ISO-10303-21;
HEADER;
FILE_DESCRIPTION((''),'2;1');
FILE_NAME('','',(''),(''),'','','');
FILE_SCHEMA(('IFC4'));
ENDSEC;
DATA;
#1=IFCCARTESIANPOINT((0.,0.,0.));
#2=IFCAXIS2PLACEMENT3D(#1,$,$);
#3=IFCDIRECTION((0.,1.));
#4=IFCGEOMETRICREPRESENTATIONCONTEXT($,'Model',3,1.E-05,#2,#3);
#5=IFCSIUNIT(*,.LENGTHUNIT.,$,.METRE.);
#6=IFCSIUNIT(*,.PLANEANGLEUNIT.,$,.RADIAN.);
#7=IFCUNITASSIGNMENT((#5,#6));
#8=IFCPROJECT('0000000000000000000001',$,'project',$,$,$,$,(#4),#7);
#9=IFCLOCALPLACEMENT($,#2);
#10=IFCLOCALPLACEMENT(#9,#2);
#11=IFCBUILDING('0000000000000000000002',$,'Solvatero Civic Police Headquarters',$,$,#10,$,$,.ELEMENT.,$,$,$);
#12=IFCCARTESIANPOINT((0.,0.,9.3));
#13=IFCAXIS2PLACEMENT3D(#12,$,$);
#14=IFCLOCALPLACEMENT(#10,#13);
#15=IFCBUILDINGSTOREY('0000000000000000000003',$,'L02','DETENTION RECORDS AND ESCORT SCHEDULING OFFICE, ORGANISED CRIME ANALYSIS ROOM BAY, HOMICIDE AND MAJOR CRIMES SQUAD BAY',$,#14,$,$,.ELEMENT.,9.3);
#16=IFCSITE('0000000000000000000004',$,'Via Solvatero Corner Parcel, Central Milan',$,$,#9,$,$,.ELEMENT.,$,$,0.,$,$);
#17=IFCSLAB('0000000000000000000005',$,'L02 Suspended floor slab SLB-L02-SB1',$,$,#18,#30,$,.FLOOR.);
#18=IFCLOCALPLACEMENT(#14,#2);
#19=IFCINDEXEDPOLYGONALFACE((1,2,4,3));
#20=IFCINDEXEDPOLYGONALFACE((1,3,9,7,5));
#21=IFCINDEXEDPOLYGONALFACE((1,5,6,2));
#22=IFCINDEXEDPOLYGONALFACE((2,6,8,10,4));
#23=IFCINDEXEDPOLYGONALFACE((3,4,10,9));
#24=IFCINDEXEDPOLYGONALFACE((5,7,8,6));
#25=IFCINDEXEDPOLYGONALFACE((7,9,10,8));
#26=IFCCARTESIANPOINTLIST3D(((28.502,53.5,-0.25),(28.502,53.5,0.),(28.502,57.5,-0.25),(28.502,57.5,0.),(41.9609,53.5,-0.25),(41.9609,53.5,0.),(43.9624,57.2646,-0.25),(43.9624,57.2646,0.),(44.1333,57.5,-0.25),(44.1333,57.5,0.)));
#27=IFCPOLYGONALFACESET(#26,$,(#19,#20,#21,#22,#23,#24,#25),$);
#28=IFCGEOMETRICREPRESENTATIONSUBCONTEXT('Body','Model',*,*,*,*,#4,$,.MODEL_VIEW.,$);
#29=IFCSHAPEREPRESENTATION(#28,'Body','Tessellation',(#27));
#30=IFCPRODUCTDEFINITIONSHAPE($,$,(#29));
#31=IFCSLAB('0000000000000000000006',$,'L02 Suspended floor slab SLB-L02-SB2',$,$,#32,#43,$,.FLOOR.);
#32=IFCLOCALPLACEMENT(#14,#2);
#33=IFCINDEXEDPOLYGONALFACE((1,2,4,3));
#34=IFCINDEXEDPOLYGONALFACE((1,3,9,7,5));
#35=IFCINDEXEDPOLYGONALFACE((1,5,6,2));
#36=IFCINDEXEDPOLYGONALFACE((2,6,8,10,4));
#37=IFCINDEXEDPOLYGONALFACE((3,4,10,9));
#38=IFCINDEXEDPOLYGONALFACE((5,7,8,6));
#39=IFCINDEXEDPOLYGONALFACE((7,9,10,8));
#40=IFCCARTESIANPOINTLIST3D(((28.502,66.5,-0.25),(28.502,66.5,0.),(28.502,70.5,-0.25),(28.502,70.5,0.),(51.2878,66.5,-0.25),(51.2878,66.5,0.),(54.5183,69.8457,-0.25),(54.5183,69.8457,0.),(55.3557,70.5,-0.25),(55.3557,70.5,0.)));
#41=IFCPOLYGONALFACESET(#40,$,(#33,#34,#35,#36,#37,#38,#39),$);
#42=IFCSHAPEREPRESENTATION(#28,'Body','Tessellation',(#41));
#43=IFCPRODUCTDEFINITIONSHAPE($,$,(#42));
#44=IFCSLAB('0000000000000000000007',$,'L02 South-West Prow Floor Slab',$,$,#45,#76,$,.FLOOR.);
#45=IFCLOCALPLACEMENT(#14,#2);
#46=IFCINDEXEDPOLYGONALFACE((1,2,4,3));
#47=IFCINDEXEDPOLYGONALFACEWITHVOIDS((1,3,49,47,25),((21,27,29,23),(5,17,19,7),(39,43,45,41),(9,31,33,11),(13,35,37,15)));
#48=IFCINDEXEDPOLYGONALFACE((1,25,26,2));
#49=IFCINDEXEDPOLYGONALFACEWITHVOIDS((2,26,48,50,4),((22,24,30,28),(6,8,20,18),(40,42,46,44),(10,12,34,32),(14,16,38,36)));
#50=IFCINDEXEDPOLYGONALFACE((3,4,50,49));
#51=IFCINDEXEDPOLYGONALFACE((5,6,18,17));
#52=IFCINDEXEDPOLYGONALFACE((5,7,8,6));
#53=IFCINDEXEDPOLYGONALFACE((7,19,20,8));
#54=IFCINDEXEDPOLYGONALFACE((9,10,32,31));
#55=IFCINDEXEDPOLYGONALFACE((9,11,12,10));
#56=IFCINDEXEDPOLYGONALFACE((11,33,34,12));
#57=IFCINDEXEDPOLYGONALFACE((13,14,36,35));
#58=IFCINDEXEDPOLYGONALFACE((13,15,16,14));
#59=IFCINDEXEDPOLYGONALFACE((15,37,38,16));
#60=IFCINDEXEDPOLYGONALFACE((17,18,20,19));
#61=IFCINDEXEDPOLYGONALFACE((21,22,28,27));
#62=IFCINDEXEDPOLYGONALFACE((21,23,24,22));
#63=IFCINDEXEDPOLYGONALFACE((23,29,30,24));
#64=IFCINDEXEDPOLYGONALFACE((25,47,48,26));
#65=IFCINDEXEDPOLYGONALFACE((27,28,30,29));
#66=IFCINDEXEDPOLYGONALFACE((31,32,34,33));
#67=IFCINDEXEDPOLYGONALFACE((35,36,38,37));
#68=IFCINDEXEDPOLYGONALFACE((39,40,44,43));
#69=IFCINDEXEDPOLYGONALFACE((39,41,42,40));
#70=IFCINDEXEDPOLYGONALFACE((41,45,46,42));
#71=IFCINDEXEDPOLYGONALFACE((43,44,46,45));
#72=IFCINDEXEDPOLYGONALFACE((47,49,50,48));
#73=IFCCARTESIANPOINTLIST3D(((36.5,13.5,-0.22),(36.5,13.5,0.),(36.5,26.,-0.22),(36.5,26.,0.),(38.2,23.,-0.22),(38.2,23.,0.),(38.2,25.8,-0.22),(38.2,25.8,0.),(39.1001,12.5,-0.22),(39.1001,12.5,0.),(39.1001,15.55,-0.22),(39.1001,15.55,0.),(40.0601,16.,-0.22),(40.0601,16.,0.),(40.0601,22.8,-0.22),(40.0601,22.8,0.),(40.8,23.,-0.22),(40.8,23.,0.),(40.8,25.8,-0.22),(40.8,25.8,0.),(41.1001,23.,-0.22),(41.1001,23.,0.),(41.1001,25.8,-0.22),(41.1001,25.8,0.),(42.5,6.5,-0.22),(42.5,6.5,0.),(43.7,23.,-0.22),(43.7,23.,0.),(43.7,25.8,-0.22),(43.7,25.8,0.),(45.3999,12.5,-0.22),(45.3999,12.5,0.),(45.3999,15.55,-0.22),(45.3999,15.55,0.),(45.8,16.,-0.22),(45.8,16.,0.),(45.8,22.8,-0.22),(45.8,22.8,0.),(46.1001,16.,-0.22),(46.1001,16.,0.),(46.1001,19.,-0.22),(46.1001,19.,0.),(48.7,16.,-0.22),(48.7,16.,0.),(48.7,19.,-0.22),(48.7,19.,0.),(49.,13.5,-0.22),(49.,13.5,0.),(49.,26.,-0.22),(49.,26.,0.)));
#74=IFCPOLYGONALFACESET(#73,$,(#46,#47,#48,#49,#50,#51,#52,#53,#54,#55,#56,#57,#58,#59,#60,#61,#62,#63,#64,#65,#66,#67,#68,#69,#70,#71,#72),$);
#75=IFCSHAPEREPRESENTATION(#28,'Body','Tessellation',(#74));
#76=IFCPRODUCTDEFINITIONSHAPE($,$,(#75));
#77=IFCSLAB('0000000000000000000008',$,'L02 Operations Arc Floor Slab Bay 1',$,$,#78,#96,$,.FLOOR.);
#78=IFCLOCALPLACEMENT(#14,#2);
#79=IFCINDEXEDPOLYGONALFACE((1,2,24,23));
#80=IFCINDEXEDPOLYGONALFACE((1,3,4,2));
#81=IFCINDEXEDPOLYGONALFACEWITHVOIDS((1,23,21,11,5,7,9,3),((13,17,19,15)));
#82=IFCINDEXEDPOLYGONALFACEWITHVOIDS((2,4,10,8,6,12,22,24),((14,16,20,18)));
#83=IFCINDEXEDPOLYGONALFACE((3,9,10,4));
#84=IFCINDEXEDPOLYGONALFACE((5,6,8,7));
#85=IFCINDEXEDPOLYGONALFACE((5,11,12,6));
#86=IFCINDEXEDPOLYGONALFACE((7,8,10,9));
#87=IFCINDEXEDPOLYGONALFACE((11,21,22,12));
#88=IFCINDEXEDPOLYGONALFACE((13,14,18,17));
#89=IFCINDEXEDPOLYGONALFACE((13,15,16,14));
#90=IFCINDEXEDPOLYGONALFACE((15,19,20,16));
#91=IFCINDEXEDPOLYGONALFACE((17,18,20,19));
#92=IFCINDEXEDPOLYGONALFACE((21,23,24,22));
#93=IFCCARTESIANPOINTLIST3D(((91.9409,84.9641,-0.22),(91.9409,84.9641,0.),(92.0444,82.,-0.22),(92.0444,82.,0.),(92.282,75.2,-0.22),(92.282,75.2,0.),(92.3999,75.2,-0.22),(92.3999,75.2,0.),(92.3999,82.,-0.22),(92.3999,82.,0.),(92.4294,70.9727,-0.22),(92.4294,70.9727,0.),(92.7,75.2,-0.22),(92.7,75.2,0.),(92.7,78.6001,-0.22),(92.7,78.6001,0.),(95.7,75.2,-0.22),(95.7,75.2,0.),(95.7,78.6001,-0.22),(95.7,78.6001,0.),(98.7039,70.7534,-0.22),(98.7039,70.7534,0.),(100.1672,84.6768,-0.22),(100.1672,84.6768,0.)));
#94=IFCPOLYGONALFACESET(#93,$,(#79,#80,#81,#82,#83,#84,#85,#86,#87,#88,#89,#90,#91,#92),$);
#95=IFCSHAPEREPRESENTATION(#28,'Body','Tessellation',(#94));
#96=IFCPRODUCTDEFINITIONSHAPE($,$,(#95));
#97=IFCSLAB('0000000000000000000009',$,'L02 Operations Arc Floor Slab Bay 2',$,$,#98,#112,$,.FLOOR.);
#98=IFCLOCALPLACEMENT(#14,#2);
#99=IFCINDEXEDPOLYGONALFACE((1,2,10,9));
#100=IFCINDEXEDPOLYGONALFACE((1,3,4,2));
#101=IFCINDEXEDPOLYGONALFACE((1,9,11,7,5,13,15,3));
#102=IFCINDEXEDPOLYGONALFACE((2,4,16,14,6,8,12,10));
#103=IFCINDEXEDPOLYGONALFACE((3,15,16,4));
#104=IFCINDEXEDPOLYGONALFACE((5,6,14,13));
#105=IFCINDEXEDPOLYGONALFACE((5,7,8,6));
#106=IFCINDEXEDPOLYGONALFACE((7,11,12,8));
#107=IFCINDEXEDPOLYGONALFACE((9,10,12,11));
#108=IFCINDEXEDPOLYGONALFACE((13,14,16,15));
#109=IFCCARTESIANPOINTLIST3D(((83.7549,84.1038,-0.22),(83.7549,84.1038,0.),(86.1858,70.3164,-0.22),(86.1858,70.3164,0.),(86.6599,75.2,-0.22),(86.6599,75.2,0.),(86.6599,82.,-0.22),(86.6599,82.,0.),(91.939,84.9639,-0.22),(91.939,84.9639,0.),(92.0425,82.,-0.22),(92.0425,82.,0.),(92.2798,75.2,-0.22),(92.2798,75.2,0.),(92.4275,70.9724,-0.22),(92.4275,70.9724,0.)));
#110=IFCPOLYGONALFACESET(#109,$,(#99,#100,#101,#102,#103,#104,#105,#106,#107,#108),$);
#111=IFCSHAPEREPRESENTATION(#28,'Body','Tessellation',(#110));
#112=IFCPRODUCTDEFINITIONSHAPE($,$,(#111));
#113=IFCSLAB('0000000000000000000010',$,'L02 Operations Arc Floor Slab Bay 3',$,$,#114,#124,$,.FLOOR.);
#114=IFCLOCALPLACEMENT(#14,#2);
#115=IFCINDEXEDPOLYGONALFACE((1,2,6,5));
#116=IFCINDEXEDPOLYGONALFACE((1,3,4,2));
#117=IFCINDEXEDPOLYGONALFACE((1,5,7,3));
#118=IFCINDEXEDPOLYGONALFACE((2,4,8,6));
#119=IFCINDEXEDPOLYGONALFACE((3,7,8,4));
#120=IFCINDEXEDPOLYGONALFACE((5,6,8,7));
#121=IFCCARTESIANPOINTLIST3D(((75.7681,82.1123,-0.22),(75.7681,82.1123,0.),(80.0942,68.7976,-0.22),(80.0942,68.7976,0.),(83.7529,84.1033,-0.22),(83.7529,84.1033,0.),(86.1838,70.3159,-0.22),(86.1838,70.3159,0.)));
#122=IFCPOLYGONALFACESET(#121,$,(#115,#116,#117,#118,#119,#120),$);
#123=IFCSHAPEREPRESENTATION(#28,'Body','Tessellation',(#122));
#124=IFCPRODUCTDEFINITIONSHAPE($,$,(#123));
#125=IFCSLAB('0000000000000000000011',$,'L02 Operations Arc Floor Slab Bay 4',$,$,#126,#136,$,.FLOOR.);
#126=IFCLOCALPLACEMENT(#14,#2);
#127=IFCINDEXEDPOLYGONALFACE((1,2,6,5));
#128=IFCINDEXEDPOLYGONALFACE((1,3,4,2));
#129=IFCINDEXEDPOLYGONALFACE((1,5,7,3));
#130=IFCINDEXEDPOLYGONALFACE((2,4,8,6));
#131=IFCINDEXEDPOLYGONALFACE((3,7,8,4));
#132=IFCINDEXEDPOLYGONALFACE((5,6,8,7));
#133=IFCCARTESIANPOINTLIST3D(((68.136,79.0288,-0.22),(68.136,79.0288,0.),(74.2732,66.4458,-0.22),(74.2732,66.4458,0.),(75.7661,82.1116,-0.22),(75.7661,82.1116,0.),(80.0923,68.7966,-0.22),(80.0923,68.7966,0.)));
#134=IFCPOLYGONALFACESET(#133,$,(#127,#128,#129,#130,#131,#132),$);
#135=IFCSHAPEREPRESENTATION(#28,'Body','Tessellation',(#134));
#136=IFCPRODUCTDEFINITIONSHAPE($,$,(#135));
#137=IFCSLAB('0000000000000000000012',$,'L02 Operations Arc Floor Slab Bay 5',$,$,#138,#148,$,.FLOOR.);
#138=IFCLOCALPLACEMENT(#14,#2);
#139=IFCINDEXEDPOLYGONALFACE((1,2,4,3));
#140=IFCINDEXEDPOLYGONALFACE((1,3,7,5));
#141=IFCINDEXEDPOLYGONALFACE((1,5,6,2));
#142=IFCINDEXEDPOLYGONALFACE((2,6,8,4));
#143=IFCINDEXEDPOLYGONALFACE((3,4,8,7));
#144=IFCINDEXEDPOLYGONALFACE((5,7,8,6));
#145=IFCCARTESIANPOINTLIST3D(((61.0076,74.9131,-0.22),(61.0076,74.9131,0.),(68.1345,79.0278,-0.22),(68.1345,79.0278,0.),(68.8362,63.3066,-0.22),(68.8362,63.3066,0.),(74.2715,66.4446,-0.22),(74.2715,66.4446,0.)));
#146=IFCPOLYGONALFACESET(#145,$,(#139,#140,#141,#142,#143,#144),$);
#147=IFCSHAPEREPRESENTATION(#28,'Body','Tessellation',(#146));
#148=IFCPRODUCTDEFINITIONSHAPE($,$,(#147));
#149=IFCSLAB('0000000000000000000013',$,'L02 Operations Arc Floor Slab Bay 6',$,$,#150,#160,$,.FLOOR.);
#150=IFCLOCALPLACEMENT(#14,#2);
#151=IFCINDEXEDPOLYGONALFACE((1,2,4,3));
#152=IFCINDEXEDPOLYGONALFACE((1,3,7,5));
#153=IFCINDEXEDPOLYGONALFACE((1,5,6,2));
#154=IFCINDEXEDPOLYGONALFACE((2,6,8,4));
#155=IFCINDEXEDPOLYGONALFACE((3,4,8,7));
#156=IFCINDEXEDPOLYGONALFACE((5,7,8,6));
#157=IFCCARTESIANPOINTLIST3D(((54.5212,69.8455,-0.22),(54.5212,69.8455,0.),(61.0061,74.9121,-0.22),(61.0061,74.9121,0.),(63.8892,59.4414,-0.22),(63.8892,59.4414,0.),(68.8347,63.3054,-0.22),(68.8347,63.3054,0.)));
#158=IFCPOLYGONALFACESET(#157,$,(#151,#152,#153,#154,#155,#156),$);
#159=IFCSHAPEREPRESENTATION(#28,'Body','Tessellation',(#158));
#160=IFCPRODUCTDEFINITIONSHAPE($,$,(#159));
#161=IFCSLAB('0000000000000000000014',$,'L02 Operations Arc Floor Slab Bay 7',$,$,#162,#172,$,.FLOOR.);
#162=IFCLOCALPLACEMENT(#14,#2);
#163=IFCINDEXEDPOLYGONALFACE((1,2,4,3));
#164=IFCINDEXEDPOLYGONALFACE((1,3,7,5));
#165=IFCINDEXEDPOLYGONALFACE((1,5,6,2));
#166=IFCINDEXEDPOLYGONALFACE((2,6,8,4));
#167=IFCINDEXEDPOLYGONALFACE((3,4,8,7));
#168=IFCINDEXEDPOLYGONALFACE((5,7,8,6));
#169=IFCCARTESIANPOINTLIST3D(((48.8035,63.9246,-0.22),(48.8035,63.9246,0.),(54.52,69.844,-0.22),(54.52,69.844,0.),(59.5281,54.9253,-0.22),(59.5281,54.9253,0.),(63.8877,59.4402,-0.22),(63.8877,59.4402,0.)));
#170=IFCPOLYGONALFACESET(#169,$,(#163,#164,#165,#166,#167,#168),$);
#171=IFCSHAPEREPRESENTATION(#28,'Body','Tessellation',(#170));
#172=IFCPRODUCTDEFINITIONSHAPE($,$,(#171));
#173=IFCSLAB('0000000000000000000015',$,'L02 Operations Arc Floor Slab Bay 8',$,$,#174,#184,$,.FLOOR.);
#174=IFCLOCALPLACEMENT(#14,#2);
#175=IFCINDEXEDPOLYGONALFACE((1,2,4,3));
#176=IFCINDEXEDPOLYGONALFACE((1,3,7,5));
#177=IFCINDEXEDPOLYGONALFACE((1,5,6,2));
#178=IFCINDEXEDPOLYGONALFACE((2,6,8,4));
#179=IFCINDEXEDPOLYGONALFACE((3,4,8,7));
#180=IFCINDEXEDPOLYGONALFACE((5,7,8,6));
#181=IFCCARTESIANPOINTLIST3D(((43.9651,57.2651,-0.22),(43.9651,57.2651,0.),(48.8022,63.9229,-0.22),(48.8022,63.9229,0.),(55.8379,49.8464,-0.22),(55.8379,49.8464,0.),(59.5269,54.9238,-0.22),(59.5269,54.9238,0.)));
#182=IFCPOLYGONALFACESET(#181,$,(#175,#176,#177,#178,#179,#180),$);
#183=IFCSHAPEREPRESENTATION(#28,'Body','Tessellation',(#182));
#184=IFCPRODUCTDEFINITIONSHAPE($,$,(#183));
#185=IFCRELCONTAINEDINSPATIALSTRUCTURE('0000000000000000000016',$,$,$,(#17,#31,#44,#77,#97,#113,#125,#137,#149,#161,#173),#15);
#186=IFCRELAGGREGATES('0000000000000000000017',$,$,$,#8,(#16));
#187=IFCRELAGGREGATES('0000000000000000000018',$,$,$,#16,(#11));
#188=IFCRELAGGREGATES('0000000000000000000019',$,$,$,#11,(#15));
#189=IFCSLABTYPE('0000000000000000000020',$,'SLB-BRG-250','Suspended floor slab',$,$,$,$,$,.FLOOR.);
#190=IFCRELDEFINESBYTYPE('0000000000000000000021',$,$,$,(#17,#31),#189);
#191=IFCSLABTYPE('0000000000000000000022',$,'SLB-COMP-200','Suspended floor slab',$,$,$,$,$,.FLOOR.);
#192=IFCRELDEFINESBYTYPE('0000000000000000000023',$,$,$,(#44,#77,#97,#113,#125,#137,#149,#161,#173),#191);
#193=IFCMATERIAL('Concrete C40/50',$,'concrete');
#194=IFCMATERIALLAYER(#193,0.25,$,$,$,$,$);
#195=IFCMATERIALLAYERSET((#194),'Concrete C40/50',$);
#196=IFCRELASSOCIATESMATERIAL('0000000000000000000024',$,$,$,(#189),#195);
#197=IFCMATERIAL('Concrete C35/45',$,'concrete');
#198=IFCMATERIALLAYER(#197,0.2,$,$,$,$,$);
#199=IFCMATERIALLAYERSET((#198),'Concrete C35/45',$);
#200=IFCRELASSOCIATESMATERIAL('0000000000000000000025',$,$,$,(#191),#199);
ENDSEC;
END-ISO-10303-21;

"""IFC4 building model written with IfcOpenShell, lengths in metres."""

from ifc_helpers import new_model, si_unit, direction, frame, origin, place, context, subcontext, project, spatial, polyline, outline, extrude, material, layer, layer_set, type_object, element, save


model = new_model("IFC4")

# Units and contexts
model_context = context("Model", 3, precision=1e-05, world=origin(), true_north=direction((0.0, 1.0)))
body_context = subcontext(model_context, "Body", "Model", "MODEL_VIEW")
ifc_project = project(units=[si_unit("LENGTHUNIT", "METRE"), si_unit("PLANEANGLEUNIT", "RADIAN")], contexts=[model_context])

# Site, building, storey
site_placement = place(None, origin())
site = spatial("IfcSite", under=ifc_project, at=site_placement, Name="Via Solvatero Corner Parcel, Central Milan", CompositionType="ELEMENT", RefElevation=0.0)
building_placement = place(site_placement, origin())
building = spatial("IfcBuilding", under=site, at=building_placement, Name="Solvatero Civic Police Headquarters", CompositionType="ELEMENT")
storey_placement = place(building_placement, frame((0.0, 0.0, 9.3)))
storey = spatial("IfcBuildingStorey", under=building, at=storey_placement, Name="L02", Description="DETENTION RECORDS AND ESCORT SCHEDULING OFFICE, ORGANISED CRIME ANALYSIS ROOM BAY, HOMICIDE AND MAJOR CRIMES SQUAD BAY", CompositionType="ELEMENT", Elevation=9.3)

# Slabs
ifc_material_1 = material(Name="Concrete C40/50", Category="concrete")
ifc_layer_1 = layer(ifc_material_1, 0.25)
ifc_layer_set_1 = layer_set([ifc_layer_1], Name="Concrete C40/50")
slab_type_1 = type_object("IfcSlabType", Name="SLB-BRG-250", Description="Suspended floor slab", PredefinedType="FLOOR", material=ifc_layer_set_1)
slab_1_placement = place(storey_placement, frame((0.0, 0.0, -0.25)))
element("IfcSlab", 1, at=slab_1_placement, inside=storey, type_object=slab_type_1, Name="L02 Suspended floor slab SLB-L02-SB1", PredefinedType="FLOOR", context=body_context, shape_type="SweptSolid", body=[
    extrude(outline(polyline([(44.1333, 57.5), (43.9624, 57.2646), (41.9609, 53.5), (28.502, 53.5), (28.502, 57.5), (44.1333, 57.5)])), origin(), (0.0, 0.0, 1.0), 0.25),
])
slab_2_placement = place(storey_placement, frame((0.0, 0.0, -0.25)))
element("IfcSlab", 2, at=slab_2_placement, inside=storey, type_object=slab_type_1, Name="L02 Suspended floor slab SLB-L02-SB2", PredefinedType="FLOOR", context=body_context, shape_type="SweptSolid", body=[
    extrude(outline(polyline([(55.3557, 70.5), (54.5183, 69.8457), (51.2878, 66.5), (28.502, 66.5), (28.502, 70.5), (55.3557, 70.5)])), origin(), (0.0, 0.0, 1.0), 0.25),
])
ifc_material_2 = material(Name="Concrete C35/45", Category="concrete")
ifc_layer_2 = layer(ifc_material_2, 0.2)
ifc_layer_set_2 = layer_set([ifc_layer_2], Name="Concrete C35/45")
slab_type_2 = type_object("IfcSlabType", Name="SLB-COMP-200", Description="Suspended floor slab", PredefinedType="FLOOR", material=ifc_layer_set_2)
slab_3_placement = place(storey_placement, frame((0.0, 0.0, -0.22)))
element("IfcSlab", 3, at=slab_3_placement, inside=storey, type_object=slab_type_2, Name="L02 South-West Prow Floor Slab", PredefinedType="FLOOR", context=body_context, shape_type="SweptSolid", body=[
    extrude(outline(polyline([(49.0, 13.5), (42.5, 6.5), (36.5, 13.5), (36.5, 26.0), (49.0, 26.0), (49.0, 13.5)]), holes=[polyline([(39.1001, 12.5), (45.3999, 12.5), (45.3999, 15.55), (39.1001, 15.55), (39.1001, 12.5)]), polyline([(46.1001, 16.0), (48.7, 16.0), (48.7, 19.0), (46.1001, 19.0), (46.1001, 16.0)]), polyline([(40.0601, 16.0), (45.8, 16.0), (45.8, 22.8), (40.0601, 22.8), (40.0601, 16.0)]), polyline([(38.2, 25.8), (38.2, 23.0), (40.8, 23.0), (40.8, 25.8), (38.2, 25.8)]), polyline([(41.1001, 25.8), (41.1001, 23.0), (43.7, 23.0), (43.7, 25.8), (41.1001, 25.8)])]), origin(), (0.0, 0.0, 1.0), 0.22),
])
slab_4_placement = place(storey_placement, frame((0.0, 0.0, -0.22)))
element("IfcSlab", 4, at=slab_4_placement, inside=storey, type_object=slab_type_2, Name="L02 Operations Arc Floor Slab Bay 1", PredefinedType="FLOOR", context=body_context, shape_type="SweptSolid", body=[
    extrude(outline(polyline([(98.7039, 70.7534), (92.4294, 70.9727), (92.282, 75.2), (92.3999, 75.2), (92.3999, 82.0), (92.0444, 82.0), (91.9409, 84.9641), (100.1672, 84.6768), (98.7039, 70.7534)]), holes=[polyline([(92.7, 75.2), (95.7, 75.2), (95.7, 78.6001), (92.7, 78.6001), (92.7, 75.2)])]), origin(), (0.0, 0.0, 1.0), 0.22),
])
slab_5_placement = place(storey_placement, frame((0.0, 0.0, -0.22)))
element("IfcSlab", 5, at=slab_5_placement, inside=storey, type_object=slab_type_2, Name="L02 Operations Arc Floor Slab Bay 2", PredefinedType="FLOOR", context=body_context, shape_type="SweptSolid", body=[
    extrude(outline(polyline([(83.7549, 84.1038), (91.939, 84.9639), (92.0425, 82.0), (86.6599, 82.0), (86.6599, 75.2), (92.2798, 75.2), (92.4275, 70.9724), (86.1858, 70.3164), (83.7549, 84.1038)])), origin(), (0.0, 0.0, 1.0), 0.22),
])
slab_6_placement = place(storey_placement, frame((0.0, 0.0, -0.22)))
element("IfcSlab", 6, at=slab_6_placement, inside=storey, type_object=slab_type_2, Name="L02 Operations Arc Floor Slab Bay 3", PredefinedType="FLOOR", context=body_context, shape_type="SweptSolid", body=[
    extrude(outline(polyline([(83.7529, 84.1033), (86.1838, 70.3159), (80.0942, 68.7976), (75.7681, 82.1123), (83.7529, 84.1033)])), origin(), (0.0, 0.0, 1.0), 0.22),
])
slab_7_placement = place(storey_placement, frame((0.0, 0.0, -0.22)))
element("IfcSlab", 7, at=slab_7_placement, inside=storey, type_object=slab_type_2, Name="L02 Operations Arc Floor Slab Bay 4", PredefinedType="FLOOR", context=body_context, shape_type="SweptSolid", body=[
    extrude(outline(polyline([(75.7661, 82.1116), (80.0923, 68.7966), (74.2732, 66.4458), (68.136, 79.0288), (75.7661, 82.1116)])), origin(), (0.0, 0.0, 1.0), 0.22),
])
slab_8_placement = place(storey_placement, frame((0.0, 0.0, -0.22)))
element("IfcSlab", 8, at=slab_8_placement, inside=storey, type_object=slab_type_2, Name="L02 Operations Arc Floor Slab Bay 5", PredefinedType="FLOOR", context=body_context, shape_type="SweptSolid", body=[
    extrude(outline(polyline([(68.1345, 79.0278), (74.2715, 66.4446), (68.8362, 63.3066), (61.0076, 74.9131), (68.1345, 79.0278)])), origin(), (0.0, 0.0, 1.0), 0.22),
])
slab_9_placement = place(storey_placement, frame((0.0, 0.0, -0.22)))
element("IfcSlab", 9, at=slab_9_placement, inside=storey, type_object=slab_type_2, Name="L02 Operations Arc Floor Slab Bay 6", PredefinedType="FLOOR", context=body_context, shape_type="SweptSolid", body=[
    extrude(outline(polyline([(61.0061, 74.9121), (68.8347, 63.3054), (63.8892, 59.4414), (54.5212, 69.8455), (61.0061, 74.9121)])), origin(), (0.0, 0.0, 1.0), 0.22),
])
slab_10_placement = place(storey_placement, frame((0.0, 0.0, -0.22)))
element("IfcSlab", 10, at=slab_10_placement, inside=storey, type_object=slab_type_2, Name="L02 Operations Arc Floor Slab Bay 7", PredefinedType="FLOOR", context=body_context, shape_type="SweptSolid", body=[
    extrude(outline(polyline([(54.52, 69.844), (63.8877, 59.4402), (59.5281, 54.9253), (48.8035, 63.9246), (54.52, 69.844)])), origin(), (0.0, 0.0, 1.0), 0.22),
])
slab_11_placement = place(storey_placement, frame((0.0, 0.0, -0.22)))
element("IfcSlab", 11, at=slab_11_placement, inside=storey, type_object=slab_type_2, Name="L02 Operations Arc Floor Slab Bay 8", PredefinedType="FLOOR", context=body_context, shape_type="SweptSolid", body=[
    extrude(outline(polyline([(48.8022, 63.9229), (59.5269, 54.9238), (55.8379, 49.8464), (43.9651, 57.2651), (48.8022, 63.9229)])), origin(), (0.0, 0.0, 1.0), 0.22),
])

save(model, "model.ifc")
